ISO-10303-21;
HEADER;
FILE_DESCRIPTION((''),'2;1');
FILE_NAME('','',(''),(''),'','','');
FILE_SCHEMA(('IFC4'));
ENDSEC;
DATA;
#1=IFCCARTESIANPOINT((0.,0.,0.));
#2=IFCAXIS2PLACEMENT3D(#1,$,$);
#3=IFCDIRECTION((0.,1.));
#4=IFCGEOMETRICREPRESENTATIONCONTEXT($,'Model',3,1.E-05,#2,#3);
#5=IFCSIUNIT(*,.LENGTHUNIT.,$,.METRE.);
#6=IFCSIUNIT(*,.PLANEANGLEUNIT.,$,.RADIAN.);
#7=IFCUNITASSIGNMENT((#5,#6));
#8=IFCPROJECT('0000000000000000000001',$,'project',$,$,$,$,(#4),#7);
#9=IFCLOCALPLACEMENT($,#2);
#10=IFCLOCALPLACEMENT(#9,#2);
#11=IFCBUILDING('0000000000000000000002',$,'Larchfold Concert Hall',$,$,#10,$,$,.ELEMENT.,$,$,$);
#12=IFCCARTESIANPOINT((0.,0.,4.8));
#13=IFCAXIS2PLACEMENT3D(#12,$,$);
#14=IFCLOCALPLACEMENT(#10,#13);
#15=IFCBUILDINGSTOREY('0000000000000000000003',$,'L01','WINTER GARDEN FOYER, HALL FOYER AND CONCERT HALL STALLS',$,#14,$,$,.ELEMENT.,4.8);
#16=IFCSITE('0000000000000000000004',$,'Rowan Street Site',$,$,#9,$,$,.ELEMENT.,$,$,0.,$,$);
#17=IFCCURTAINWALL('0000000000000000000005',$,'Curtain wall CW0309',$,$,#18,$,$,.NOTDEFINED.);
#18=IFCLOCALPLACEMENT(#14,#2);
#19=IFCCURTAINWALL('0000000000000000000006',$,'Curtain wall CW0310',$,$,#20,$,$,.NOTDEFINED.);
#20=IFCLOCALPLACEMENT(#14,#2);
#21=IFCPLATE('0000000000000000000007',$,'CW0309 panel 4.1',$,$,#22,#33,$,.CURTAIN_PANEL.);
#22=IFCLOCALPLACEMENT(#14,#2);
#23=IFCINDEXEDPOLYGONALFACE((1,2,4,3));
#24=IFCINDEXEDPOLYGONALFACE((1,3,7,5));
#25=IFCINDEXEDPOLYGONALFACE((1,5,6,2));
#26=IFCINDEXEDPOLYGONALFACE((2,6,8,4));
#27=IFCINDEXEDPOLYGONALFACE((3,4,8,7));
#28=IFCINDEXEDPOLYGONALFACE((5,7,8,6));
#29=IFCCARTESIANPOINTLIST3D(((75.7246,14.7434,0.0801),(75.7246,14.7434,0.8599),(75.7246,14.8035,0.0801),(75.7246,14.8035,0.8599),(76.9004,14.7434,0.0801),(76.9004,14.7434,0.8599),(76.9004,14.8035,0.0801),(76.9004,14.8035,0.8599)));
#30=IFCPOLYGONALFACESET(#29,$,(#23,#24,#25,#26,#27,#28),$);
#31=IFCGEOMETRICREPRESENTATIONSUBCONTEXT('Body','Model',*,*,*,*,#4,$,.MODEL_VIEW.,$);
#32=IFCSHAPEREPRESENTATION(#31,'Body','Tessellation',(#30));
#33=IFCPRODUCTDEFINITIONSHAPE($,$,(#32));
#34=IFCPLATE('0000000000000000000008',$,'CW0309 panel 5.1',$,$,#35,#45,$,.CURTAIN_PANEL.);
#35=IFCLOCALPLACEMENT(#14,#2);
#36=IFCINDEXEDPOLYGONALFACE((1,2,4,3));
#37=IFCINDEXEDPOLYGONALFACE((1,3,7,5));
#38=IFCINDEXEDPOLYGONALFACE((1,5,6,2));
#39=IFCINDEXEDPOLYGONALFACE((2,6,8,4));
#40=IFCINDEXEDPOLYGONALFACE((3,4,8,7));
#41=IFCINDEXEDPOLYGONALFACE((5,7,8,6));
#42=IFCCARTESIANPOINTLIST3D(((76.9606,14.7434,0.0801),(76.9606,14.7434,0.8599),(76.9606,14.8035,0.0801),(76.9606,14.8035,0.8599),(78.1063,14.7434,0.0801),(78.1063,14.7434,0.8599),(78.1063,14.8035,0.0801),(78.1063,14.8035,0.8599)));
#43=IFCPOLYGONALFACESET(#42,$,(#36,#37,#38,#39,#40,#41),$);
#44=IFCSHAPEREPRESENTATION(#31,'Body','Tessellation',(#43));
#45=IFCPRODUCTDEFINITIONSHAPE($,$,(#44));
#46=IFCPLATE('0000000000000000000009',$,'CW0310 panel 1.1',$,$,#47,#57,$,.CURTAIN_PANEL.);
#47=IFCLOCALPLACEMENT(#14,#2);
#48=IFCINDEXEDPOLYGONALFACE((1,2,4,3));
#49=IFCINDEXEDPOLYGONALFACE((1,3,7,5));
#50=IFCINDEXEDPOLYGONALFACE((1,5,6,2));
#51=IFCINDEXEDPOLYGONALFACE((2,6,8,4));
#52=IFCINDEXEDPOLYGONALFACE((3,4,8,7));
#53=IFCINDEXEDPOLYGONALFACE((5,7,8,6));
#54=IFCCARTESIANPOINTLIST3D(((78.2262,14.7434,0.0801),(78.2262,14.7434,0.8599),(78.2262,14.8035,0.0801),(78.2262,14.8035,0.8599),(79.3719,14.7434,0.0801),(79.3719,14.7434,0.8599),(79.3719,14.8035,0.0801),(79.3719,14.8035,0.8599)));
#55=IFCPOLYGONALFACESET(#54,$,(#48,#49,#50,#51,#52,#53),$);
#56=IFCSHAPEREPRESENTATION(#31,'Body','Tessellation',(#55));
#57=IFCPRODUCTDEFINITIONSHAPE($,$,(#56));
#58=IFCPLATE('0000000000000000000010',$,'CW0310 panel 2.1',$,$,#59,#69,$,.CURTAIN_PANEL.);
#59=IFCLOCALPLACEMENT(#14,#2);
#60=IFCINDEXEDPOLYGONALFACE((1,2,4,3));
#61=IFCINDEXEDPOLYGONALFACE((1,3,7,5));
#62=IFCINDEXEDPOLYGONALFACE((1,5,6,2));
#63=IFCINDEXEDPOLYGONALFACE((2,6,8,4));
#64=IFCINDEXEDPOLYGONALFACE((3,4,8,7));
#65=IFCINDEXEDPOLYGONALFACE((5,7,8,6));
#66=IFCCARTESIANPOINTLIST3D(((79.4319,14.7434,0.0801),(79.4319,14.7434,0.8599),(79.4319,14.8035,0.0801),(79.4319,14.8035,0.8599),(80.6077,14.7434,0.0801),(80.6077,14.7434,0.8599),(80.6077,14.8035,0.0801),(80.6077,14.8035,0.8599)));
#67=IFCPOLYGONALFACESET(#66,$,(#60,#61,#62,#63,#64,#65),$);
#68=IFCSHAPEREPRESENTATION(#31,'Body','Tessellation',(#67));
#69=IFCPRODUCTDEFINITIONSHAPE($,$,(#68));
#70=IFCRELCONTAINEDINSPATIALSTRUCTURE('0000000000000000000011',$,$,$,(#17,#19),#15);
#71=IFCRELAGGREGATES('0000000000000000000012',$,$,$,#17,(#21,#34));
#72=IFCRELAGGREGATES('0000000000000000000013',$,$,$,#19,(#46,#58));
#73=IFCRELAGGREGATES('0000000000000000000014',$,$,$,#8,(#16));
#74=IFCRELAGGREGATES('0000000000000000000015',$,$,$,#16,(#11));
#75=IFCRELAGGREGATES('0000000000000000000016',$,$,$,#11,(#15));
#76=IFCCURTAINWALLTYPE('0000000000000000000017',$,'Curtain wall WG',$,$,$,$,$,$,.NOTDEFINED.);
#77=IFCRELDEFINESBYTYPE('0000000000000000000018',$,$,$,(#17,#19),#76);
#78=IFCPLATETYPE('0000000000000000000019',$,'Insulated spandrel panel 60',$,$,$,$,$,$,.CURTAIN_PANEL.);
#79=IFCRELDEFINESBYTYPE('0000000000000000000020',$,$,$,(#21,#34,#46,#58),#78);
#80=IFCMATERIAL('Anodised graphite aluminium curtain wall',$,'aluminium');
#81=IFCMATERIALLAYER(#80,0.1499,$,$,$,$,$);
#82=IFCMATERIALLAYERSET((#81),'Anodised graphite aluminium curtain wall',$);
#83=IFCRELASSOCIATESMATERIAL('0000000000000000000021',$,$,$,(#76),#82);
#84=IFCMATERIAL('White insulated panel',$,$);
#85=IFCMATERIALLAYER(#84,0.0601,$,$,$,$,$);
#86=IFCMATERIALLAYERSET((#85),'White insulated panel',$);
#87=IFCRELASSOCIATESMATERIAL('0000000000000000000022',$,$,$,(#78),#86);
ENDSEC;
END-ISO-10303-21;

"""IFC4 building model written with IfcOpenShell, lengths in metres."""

from ifc_helpers import new_model, si_unit, direction, frame, origin, origin_2d, place, context, subcontext, project, spatial, rectangle, extrude, material, layer, layer_set, type_object, element, aggregate, save


model = new_model("IFC4")

# Units and contexts
model_context = context("Model", 3, precision=1e-05, world=origin(), true_north=direction((0.0, 1.0)))
body_context = subcontext(model_context, "Body", "Model", "MODEL_VIEW")
ifc_project = project(units=[si_unit("LENGTHUNIT", "METRE"), si_unit("PLANEANGLEUNIT", "RADIAN")], contexts=[model_context])

# Site, building, storey
site_placement = place(None, origin())
site = spatial("IfcSite", under=ifc_project, at=site_placement, Name="Rowan Street Site", CompositionType="ELEMENT", RefElevation=0.0)
building_placement = place(site_placement, origin())
building = spatial("IfcBuilding", under=site, at=building_placement, Name="Larchfold Concert Hall", CompositionType="ELEMENT")
storey_placement = place(building_placement, frame((0.0, 0.0, 4.8)))
storey = spatial("IfcBuildingStorey", under=building, at=storey_placement, Name="L01", Description="WINTER GARDEN FOYER, HALL FOYER AND CONCERT HALL STALLS", CompositionType="ELEMENT", Elevation=4.8)

# Curtain walls
ifc_material_1 = material(Name="Anodised graphite aluminium curtain wall", Category="aluminium")
ifc_layer_1 = layer(ifc_material_1, 0.1499)
ifc_layer_set_1 = layer_set([ifc_layer_1], Name="Anodised graphite aluminium curtain wall")
curtain_wall_type = type_object("IfcCurtainWallType", Name="Curtain wall WG", PredefinedType="NOTDEFINED", material=ifc_layer_set_1)
curtain_wall_1_placement = place(storey_placement, origin())
curtain_wall_1 = element("IfcCurtainWall", 1, at=curtain_wall_1_placement, inside=storey, type_object=curtain_wall_type, Name="Curtain wall CW0309", PredefinedType="NOTDEFINED")
curtain_wall_2_placement = place(storey_placement, origin())
curtain_wall_2 = element("IfcCurtainWall", 2, at=curtain_wall_2_placement, inside=storey, type_object=curtain_wall_type, Name="Curtain wall CW0310", PredefinedType="NOTDEFINED")

# Plates
ifc_material_2 = material(Name="White insulated panel")
ifc_layer_2 = layer(ifc_material_2, 0.0601)
ifc_layer_set_2 = layer_set([ifc_layer_2], Name="White insulated panel")
plate_type_1 = type_object("IfcPlateType", Name="Insulated spandrel panel 60", PredefinedType="CURTAIN_PANEL", material=ifc_layer_set_2)
plate_1_placement = place(storey_placement, frame((76.3125, 14.7734, 0.0801), z_axis=(0.0, 0.0, 1.0), x_axis=(1.0, 0.0, 0.0)))
plate_1 = element("IfcPlate", 3, at=plate_1_placement, type_object=plate_type_1, Name="CW0309 panel 4.1", PredefinedType="CURTAIN_PANEL", context=body_context, shape_type="SweptSolid", body=[
    extrude(rectangle(XDim=1.1758, YDim=0.0601, at=origin_2d()), origin(), (0.0, 0.0, 1.0), 0.7798),
])
plate_2_placement = place(storey_placement, frame((77.5334, 14.7734, 0.0801), z_axis=(0.0, 0.0, 1.0), x_axis=(1.0, 0.0, 0.0)))
plate_2 = element("IfcPlate", 4, at=plate_2_placement, type_object=plate_type_1, Name="CW0309 panel 5.1", PredefinedType="CURTAIN_PANEL", context=body_context, shape_type="SweptSolid", body=[
    extrude(rectangle(XDim=1.1458, YDim=0.0601, at=origin_2d()), origin(), (0.0, 0.0, 1.0), 0.7798),
])
aggregate(curtain_wall_1, [plate_1, plate_2])
plate_3_placement = place(storey_placement, frame((78.7991, 14.7734, 0.0801), z_axis=(0.0, 0.0, 1.0), x_axis=(1.0, 0.0, 0.0)))
plate_3 = element("IfcPlate", 5, at=plate_3_placement, type_object=plate_type_1, Name="CW0310 panel 1.1", PredefinedType="CURTAIN_PANEL", context=body_context, shape_type="SweptSolid", body=[
    extrude(rectangle(XDim=1.1458, YDim=0.0601, at=origin_2d()), origin(), (0.0, 0.0, 1.0), 0.7798),
])
plate_4_placement = place(storey_placement, frame((80.0198, 14.7734, 0.0801), z_axis=(0.0, 0.0, 1.0), x_axis=(1.0, 0.0, 0.0)))
plate_4 = element("IfcPlate", 6, at=plate_4_placement, type_object=plate_type_1, Name="CW0310 panel 2.1", PredefinedType="CURTAIN_PANEL", context=body_context, shape_type="SweptSolid", body=[
    extrude(rectangle(XDim=1.1758, YDim=0.0601, at=origin_2d()), origin(), (0.0, 0.0, 1.0), 0.7798),
])
aggregate(curtain_wall_2, [plate_3, plate_4])

save(model, "model.ifc")
